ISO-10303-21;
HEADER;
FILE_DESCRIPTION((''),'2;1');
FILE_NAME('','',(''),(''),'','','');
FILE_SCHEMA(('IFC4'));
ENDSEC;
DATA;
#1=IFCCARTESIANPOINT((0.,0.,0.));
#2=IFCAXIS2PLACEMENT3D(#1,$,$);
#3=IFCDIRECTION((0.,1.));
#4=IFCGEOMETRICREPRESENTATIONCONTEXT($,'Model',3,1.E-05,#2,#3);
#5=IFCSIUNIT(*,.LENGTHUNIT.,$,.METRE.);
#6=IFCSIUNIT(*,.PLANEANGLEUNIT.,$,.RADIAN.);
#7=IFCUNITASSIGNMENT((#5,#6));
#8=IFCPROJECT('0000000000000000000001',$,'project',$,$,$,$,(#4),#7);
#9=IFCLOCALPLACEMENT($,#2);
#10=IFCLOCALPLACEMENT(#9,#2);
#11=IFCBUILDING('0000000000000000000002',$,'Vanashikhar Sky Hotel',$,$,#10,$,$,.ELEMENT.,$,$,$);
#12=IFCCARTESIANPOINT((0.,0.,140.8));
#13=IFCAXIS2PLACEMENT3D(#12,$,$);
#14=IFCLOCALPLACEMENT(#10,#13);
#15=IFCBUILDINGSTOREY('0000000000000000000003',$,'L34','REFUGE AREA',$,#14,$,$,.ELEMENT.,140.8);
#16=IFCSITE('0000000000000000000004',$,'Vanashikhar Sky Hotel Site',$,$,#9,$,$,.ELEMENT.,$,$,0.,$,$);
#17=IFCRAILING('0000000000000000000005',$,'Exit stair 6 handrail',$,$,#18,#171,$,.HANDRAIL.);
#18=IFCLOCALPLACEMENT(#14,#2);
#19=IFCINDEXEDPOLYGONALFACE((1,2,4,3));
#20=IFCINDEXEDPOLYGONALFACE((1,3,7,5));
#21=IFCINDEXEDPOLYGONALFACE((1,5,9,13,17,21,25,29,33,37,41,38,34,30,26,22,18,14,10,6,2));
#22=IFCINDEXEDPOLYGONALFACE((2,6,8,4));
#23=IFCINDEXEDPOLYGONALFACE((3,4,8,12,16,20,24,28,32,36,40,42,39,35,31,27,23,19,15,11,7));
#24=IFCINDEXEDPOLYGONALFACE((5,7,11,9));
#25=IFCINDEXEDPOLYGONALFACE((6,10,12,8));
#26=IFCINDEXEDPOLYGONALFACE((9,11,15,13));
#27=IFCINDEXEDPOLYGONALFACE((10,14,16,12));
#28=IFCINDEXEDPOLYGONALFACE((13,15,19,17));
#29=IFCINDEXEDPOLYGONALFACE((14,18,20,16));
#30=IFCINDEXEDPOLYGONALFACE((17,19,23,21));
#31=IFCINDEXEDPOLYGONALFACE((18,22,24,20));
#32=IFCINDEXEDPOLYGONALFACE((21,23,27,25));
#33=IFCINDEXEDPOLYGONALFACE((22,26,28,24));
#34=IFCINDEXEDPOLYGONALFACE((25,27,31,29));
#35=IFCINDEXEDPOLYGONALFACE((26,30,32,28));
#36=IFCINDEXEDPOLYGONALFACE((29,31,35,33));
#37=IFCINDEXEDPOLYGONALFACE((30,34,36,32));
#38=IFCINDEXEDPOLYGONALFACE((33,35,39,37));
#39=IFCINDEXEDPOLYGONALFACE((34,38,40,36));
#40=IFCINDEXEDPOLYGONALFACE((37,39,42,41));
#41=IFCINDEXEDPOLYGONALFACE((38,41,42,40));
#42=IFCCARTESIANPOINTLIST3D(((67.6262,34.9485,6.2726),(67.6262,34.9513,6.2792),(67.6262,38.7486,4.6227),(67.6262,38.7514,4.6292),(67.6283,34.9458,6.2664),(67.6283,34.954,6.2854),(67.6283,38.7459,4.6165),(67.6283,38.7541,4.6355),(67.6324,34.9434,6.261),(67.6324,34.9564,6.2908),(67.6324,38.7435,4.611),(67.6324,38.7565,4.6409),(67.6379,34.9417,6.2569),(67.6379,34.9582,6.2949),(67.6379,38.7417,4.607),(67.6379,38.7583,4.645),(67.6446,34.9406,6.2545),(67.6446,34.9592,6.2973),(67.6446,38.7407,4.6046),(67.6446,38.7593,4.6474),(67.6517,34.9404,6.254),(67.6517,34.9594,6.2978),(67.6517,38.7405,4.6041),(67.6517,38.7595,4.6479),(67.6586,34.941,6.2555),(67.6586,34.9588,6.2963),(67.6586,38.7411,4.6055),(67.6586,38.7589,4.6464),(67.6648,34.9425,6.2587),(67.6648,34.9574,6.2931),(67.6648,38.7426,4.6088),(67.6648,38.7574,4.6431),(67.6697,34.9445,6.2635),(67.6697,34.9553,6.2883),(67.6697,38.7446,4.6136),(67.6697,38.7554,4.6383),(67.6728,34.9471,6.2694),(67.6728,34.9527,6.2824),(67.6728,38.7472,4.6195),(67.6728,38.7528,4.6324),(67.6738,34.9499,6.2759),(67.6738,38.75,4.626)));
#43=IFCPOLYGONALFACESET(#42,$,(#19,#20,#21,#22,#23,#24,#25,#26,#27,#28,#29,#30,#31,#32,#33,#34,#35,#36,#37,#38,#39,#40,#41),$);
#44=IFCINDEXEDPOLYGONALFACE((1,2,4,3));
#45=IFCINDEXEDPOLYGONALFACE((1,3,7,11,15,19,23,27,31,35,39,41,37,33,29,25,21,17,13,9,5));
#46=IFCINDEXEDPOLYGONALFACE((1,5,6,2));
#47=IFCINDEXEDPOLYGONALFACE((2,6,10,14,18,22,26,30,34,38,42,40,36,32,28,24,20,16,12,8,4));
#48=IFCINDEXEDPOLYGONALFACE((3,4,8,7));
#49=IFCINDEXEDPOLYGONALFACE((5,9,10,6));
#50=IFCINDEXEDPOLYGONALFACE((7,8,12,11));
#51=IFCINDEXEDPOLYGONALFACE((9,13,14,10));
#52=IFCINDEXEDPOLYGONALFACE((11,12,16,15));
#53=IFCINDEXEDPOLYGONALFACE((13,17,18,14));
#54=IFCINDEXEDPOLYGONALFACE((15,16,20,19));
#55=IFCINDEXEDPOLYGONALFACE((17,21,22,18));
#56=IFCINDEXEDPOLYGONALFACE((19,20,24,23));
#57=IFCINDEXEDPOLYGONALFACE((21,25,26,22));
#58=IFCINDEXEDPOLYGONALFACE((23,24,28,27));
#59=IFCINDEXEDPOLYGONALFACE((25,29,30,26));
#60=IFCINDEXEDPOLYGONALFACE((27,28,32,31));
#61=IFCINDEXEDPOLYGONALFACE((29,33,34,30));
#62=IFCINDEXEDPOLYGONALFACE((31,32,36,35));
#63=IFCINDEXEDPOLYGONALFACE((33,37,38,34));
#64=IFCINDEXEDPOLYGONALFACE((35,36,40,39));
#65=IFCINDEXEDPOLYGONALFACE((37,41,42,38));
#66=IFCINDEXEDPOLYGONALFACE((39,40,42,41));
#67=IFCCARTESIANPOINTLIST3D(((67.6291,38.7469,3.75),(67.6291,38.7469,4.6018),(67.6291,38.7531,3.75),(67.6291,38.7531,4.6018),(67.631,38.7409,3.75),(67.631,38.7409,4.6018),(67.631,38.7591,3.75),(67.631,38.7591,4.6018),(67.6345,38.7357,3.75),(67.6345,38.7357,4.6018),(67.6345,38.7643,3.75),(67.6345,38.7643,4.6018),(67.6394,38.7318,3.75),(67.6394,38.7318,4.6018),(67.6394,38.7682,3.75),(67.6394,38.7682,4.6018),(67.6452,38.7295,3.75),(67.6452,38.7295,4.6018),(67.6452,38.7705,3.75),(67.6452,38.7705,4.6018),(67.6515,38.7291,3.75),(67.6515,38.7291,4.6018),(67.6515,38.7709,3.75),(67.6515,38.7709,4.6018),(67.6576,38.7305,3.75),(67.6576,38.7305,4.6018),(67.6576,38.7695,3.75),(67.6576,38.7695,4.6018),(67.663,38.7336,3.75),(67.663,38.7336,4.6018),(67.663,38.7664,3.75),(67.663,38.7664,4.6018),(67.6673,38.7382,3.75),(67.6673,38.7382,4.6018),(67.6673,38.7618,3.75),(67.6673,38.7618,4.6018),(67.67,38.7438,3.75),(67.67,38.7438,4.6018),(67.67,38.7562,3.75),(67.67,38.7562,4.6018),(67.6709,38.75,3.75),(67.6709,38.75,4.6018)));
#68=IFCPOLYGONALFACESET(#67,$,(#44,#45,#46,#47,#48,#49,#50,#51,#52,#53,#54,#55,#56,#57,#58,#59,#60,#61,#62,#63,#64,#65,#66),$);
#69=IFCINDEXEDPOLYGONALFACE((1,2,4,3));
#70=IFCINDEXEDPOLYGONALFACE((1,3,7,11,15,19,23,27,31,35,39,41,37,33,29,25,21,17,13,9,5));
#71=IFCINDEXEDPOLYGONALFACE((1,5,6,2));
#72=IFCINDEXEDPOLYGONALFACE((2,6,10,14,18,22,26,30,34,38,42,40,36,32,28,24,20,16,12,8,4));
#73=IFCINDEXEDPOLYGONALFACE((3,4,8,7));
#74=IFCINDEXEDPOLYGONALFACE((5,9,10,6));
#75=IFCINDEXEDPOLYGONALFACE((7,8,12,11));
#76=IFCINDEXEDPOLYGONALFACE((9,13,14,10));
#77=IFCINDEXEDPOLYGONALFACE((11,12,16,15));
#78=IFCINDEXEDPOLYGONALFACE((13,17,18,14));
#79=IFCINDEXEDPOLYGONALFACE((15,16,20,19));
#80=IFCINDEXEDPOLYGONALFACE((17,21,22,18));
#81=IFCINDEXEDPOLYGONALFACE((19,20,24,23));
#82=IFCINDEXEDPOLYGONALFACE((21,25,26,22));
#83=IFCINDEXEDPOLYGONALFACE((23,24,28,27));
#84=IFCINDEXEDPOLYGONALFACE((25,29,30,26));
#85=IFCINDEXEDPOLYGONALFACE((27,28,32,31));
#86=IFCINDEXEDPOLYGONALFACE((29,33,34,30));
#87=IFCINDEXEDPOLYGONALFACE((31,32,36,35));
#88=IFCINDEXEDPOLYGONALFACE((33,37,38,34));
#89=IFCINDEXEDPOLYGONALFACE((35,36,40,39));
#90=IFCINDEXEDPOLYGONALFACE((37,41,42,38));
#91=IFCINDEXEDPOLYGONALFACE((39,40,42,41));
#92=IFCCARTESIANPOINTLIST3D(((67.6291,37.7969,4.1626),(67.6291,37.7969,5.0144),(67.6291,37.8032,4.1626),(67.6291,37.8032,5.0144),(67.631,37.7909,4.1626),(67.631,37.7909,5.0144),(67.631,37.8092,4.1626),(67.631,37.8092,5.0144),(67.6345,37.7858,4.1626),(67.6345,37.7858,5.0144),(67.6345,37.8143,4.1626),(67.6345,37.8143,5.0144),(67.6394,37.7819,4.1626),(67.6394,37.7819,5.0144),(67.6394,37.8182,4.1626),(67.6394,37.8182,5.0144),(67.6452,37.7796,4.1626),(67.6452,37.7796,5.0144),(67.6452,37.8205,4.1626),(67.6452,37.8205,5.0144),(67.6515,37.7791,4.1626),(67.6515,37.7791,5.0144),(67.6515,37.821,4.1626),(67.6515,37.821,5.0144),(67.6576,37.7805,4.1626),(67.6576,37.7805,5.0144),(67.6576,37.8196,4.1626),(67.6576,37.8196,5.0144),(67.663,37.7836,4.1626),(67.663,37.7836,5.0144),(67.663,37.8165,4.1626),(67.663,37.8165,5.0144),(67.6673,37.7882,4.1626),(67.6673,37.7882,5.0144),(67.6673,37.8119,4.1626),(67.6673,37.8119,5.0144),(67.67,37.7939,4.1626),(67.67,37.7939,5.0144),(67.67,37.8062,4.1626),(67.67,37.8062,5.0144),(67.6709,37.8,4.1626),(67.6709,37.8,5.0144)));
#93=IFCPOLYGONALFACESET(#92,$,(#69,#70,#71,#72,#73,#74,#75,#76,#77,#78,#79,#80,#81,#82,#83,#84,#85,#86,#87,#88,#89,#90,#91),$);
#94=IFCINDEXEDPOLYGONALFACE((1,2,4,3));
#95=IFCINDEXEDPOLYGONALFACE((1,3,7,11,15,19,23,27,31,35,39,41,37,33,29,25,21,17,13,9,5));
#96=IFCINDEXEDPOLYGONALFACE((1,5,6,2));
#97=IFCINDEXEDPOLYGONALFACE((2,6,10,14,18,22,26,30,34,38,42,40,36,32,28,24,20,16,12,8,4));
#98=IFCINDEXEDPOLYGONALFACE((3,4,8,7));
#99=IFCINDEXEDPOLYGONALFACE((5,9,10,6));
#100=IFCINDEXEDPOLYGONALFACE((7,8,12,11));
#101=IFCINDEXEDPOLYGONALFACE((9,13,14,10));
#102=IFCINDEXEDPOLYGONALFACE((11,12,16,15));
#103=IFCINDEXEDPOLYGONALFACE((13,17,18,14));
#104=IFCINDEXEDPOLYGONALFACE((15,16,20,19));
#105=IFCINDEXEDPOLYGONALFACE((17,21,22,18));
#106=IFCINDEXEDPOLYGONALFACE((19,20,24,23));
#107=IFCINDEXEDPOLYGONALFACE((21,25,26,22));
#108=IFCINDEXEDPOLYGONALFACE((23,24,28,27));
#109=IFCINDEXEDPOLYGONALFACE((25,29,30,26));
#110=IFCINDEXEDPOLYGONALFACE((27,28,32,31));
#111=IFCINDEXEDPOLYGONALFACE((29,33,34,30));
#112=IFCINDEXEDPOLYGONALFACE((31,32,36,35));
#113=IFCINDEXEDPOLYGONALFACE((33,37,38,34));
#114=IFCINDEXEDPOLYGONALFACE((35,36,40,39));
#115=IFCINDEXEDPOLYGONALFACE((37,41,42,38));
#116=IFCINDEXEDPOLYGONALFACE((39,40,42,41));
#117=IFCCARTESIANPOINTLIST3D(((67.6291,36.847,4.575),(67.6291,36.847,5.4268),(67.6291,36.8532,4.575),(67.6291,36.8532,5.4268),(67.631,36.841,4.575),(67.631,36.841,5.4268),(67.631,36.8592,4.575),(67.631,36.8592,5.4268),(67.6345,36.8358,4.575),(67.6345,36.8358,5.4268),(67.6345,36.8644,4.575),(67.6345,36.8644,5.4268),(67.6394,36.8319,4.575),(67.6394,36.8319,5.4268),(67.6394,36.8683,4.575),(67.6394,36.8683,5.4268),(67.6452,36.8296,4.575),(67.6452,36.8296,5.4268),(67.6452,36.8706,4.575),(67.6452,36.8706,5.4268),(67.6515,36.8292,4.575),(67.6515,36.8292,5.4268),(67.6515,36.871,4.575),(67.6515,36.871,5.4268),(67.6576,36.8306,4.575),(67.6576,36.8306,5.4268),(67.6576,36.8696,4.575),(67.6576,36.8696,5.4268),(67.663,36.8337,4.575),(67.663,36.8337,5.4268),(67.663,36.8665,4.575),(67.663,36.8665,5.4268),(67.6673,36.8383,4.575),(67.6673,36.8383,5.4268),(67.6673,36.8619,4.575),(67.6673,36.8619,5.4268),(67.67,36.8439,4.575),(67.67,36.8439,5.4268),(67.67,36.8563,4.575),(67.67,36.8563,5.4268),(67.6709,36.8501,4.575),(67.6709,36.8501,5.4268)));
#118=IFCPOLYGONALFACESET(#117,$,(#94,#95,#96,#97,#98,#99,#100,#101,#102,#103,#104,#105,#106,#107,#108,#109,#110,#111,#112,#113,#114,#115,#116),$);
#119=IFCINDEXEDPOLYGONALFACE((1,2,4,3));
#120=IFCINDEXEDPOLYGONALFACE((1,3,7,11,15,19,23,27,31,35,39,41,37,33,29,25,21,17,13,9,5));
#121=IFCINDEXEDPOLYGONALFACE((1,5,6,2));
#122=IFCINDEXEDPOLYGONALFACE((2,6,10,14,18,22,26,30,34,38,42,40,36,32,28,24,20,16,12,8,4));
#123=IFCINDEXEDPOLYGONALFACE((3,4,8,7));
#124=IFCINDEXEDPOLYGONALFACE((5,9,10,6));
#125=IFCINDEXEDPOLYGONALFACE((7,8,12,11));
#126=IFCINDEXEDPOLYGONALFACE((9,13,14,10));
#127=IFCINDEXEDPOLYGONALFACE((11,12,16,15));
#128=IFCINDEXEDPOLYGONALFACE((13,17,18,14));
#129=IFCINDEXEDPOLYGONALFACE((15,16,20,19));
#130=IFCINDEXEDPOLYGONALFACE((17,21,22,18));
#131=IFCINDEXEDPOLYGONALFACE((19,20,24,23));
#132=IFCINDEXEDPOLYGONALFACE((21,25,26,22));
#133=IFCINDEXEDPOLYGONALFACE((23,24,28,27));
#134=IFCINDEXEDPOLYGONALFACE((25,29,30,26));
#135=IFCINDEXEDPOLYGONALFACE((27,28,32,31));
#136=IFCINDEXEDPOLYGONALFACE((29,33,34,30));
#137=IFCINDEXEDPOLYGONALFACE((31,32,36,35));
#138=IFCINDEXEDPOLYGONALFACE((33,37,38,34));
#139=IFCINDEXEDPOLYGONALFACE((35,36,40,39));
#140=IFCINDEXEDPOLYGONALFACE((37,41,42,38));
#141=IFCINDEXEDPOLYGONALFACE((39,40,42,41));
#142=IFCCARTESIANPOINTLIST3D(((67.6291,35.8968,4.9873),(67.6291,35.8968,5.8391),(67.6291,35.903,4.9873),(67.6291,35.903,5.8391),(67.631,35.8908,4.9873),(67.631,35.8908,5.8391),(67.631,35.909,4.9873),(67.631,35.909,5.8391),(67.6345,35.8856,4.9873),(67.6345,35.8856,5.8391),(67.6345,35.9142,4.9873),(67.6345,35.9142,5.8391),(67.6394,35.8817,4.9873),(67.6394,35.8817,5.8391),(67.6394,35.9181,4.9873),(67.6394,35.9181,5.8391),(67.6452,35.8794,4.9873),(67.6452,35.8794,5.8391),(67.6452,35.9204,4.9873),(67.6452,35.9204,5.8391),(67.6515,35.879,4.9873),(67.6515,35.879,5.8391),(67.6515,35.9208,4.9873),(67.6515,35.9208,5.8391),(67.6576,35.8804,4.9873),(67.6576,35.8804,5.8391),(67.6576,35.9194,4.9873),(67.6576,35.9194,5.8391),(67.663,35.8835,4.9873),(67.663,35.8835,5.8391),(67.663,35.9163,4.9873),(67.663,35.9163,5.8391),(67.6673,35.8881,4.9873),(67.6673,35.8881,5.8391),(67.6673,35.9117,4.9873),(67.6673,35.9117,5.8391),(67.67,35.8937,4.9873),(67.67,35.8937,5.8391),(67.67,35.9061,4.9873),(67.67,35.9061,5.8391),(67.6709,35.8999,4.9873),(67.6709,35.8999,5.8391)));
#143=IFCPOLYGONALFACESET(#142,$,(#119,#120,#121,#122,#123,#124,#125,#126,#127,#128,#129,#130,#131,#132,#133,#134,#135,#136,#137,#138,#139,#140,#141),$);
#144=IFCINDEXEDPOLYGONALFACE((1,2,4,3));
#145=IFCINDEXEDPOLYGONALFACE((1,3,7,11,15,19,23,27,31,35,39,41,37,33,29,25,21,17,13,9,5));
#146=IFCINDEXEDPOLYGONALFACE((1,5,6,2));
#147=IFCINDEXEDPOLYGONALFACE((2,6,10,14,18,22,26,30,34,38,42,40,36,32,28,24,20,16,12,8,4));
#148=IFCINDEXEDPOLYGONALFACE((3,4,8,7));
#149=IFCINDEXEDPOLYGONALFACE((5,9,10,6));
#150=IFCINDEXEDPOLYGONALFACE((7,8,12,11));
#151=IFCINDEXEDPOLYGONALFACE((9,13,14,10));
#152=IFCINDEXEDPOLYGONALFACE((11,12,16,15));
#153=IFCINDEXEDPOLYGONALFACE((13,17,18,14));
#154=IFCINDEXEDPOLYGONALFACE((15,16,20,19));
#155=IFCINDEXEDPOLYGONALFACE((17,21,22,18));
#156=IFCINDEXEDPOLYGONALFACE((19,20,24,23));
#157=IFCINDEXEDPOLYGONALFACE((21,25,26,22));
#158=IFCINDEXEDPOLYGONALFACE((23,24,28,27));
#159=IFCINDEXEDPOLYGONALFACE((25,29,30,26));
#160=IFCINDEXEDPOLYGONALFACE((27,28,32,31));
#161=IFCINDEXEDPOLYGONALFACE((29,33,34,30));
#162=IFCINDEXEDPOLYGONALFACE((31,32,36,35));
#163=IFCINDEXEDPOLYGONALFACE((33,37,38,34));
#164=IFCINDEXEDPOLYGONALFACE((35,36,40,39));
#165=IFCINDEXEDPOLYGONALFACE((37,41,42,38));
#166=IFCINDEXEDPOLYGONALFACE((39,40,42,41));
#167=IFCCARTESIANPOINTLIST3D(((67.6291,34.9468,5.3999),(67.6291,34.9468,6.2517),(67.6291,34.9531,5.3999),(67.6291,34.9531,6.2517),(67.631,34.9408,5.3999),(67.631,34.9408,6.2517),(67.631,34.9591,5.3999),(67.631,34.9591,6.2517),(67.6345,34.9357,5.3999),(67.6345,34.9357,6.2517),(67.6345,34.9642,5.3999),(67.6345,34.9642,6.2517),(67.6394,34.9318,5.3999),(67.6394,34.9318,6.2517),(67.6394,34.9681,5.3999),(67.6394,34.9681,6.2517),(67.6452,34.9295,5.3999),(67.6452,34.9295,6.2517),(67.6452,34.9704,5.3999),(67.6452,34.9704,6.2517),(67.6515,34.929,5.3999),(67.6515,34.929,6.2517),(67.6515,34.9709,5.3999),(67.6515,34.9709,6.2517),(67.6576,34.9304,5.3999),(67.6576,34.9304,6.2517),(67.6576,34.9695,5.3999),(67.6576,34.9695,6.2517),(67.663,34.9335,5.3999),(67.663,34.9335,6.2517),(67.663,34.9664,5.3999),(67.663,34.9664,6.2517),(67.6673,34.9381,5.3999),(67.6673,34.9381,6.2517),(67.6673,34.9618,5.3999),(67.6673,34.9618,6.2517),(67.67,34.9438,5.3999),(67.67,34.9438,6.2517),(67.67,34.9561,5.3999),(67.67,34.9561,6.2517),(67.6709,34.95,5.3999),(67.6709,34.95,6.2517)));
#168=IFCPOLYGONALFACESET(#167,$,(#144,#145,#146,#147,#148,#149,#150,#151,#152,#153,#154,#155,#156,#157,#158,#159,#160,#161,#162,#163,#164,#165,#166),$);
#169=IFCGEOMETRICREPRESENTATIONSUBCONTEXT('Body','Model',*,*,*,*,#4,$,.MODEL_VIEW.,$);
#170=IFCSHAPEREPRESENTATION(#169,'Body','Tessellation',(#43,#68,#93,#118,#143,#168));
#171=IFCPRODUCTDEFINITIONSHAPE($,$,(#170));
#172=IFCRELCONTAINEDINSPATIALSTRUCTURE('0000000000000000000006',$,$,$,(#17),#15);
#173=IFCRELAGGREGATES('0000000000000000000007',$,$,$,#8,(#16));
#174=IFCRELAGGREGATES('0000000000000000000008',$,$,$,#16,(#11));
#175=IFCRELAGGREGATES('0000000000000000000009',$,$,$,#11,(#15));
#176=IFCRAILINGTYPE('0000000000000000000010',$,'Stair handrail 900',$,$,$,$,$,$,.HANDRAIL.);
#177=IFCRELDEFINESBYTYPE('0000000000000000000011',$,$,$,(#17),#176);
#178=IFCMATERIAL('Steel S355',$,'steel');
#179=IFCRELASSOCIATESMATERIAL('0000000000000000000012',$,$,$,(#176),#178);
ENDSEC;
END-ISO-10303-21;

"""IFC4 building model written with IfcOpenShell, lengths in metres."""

from ifc_helpers import new_model, si_unit, direction, frame, origin, origin_2d, place, context, subcontext, project, spatial, circle, extrude, source, transform, mapped, material, type_object, element, save


model = new_model("IFC4")

# Units and contexts
model_context = context("Model", 3, precision=1e-05, world=origin(), true_north=direction((0.0, 1.0)))
body_context = subcontext(model_context, "Body", "Model", "MODEL_VIEW")
ifc_project = project(units=[si_unit("LENGTHUNIT", "METRE"), si_unit("PLANEANGLEUNIT", "RADIAN")], contexts=[model_context])

# Site, building, storey
site_placement = place(None, origin())
site = spatial("IfcSite", under=ifc_project, at=site_placement, Name="Vanashikhar Sky Hotel Site", CompositionType="ELEMENT", RefElevation=0.0)
building_placement = place(site_placement, origin())
building = spatial("IfcBuilding", under=site, at=building_placement, Name="Vanashikhar Sky Hotel", CompositionType="ELEMENT")
storey_placement = place(building_placement, frame((0.0, 0.0, 140.8)))
storey = spatial("IfcBuildingStorey", under=building, at=storey_placement, Name="L34", Description="REFUGE AREA", CompositionType="ELEMENT", Elevation=140.8)

# Railing
ifc_material_1 = material(Name="Steel S355", Category="steel")
railing_type_1 = type_object("IfcRailingType", Name="Stair handrail 900", PredefinedType="HANDRAIL", material=ifc_material_1)
shared_shape_1 = source(origin(), body_context, "Body", "SweptSolid", [
    extrude(circle(Radius=0.0239, at=origin_2d()), frame((0.0, 0.0, 0.876), z_axis=(0.0, -0.917272, 0.398261), x_axis=(1.0, 0.0, 0.0)), (0.0, 0.0, 1.0), 4.1428),
    extrude(circle(Radius=0.021, at=origin_2d()), origin(), (0.0, 0.0, 1.0), 0.8518),
    extrude(circle(Radius=0.021, at=origin_2d()), frame((0.0, -0.95, 0.4126)), (0.0, 0.0, 1.0), 0.8518),
    extrude(circle(Radius=0.021, at=origin_2d()), frame((0.0, -1.8999, 0.825)), (0.0, 0.0, 1.0), 0.8518),
    extrude(circle(Radius=0.021, at=origin_2d()), frame((0.0, -2.8501, 1.2373)), (0.0, 0.0, 1.0), 0.8518),
    extrude(circle(Radius=0.021, at=origin_2d()), frame((0.0, -3.8, 1.6499)), (0.0, 0.0, 1.0), 0.8518),
])
for number, where, name in (
    (1, (67.6499, 38.75, 3.75), "Exit stair 6 handrail"),
):
    element("IfcRailing", number, at=place(storey_placement, frame(where)), inside=storey, type_object=railing_type_1, Name=name, PredefinedType="HANDRAIL", context=body_context, shape_type="MappedRepresentation", body=[
        mapped(shared_shape_1, transform((0.0, 0.0, 0.0), scale=1.0)),
    ])

save(model, "model.ifc")
